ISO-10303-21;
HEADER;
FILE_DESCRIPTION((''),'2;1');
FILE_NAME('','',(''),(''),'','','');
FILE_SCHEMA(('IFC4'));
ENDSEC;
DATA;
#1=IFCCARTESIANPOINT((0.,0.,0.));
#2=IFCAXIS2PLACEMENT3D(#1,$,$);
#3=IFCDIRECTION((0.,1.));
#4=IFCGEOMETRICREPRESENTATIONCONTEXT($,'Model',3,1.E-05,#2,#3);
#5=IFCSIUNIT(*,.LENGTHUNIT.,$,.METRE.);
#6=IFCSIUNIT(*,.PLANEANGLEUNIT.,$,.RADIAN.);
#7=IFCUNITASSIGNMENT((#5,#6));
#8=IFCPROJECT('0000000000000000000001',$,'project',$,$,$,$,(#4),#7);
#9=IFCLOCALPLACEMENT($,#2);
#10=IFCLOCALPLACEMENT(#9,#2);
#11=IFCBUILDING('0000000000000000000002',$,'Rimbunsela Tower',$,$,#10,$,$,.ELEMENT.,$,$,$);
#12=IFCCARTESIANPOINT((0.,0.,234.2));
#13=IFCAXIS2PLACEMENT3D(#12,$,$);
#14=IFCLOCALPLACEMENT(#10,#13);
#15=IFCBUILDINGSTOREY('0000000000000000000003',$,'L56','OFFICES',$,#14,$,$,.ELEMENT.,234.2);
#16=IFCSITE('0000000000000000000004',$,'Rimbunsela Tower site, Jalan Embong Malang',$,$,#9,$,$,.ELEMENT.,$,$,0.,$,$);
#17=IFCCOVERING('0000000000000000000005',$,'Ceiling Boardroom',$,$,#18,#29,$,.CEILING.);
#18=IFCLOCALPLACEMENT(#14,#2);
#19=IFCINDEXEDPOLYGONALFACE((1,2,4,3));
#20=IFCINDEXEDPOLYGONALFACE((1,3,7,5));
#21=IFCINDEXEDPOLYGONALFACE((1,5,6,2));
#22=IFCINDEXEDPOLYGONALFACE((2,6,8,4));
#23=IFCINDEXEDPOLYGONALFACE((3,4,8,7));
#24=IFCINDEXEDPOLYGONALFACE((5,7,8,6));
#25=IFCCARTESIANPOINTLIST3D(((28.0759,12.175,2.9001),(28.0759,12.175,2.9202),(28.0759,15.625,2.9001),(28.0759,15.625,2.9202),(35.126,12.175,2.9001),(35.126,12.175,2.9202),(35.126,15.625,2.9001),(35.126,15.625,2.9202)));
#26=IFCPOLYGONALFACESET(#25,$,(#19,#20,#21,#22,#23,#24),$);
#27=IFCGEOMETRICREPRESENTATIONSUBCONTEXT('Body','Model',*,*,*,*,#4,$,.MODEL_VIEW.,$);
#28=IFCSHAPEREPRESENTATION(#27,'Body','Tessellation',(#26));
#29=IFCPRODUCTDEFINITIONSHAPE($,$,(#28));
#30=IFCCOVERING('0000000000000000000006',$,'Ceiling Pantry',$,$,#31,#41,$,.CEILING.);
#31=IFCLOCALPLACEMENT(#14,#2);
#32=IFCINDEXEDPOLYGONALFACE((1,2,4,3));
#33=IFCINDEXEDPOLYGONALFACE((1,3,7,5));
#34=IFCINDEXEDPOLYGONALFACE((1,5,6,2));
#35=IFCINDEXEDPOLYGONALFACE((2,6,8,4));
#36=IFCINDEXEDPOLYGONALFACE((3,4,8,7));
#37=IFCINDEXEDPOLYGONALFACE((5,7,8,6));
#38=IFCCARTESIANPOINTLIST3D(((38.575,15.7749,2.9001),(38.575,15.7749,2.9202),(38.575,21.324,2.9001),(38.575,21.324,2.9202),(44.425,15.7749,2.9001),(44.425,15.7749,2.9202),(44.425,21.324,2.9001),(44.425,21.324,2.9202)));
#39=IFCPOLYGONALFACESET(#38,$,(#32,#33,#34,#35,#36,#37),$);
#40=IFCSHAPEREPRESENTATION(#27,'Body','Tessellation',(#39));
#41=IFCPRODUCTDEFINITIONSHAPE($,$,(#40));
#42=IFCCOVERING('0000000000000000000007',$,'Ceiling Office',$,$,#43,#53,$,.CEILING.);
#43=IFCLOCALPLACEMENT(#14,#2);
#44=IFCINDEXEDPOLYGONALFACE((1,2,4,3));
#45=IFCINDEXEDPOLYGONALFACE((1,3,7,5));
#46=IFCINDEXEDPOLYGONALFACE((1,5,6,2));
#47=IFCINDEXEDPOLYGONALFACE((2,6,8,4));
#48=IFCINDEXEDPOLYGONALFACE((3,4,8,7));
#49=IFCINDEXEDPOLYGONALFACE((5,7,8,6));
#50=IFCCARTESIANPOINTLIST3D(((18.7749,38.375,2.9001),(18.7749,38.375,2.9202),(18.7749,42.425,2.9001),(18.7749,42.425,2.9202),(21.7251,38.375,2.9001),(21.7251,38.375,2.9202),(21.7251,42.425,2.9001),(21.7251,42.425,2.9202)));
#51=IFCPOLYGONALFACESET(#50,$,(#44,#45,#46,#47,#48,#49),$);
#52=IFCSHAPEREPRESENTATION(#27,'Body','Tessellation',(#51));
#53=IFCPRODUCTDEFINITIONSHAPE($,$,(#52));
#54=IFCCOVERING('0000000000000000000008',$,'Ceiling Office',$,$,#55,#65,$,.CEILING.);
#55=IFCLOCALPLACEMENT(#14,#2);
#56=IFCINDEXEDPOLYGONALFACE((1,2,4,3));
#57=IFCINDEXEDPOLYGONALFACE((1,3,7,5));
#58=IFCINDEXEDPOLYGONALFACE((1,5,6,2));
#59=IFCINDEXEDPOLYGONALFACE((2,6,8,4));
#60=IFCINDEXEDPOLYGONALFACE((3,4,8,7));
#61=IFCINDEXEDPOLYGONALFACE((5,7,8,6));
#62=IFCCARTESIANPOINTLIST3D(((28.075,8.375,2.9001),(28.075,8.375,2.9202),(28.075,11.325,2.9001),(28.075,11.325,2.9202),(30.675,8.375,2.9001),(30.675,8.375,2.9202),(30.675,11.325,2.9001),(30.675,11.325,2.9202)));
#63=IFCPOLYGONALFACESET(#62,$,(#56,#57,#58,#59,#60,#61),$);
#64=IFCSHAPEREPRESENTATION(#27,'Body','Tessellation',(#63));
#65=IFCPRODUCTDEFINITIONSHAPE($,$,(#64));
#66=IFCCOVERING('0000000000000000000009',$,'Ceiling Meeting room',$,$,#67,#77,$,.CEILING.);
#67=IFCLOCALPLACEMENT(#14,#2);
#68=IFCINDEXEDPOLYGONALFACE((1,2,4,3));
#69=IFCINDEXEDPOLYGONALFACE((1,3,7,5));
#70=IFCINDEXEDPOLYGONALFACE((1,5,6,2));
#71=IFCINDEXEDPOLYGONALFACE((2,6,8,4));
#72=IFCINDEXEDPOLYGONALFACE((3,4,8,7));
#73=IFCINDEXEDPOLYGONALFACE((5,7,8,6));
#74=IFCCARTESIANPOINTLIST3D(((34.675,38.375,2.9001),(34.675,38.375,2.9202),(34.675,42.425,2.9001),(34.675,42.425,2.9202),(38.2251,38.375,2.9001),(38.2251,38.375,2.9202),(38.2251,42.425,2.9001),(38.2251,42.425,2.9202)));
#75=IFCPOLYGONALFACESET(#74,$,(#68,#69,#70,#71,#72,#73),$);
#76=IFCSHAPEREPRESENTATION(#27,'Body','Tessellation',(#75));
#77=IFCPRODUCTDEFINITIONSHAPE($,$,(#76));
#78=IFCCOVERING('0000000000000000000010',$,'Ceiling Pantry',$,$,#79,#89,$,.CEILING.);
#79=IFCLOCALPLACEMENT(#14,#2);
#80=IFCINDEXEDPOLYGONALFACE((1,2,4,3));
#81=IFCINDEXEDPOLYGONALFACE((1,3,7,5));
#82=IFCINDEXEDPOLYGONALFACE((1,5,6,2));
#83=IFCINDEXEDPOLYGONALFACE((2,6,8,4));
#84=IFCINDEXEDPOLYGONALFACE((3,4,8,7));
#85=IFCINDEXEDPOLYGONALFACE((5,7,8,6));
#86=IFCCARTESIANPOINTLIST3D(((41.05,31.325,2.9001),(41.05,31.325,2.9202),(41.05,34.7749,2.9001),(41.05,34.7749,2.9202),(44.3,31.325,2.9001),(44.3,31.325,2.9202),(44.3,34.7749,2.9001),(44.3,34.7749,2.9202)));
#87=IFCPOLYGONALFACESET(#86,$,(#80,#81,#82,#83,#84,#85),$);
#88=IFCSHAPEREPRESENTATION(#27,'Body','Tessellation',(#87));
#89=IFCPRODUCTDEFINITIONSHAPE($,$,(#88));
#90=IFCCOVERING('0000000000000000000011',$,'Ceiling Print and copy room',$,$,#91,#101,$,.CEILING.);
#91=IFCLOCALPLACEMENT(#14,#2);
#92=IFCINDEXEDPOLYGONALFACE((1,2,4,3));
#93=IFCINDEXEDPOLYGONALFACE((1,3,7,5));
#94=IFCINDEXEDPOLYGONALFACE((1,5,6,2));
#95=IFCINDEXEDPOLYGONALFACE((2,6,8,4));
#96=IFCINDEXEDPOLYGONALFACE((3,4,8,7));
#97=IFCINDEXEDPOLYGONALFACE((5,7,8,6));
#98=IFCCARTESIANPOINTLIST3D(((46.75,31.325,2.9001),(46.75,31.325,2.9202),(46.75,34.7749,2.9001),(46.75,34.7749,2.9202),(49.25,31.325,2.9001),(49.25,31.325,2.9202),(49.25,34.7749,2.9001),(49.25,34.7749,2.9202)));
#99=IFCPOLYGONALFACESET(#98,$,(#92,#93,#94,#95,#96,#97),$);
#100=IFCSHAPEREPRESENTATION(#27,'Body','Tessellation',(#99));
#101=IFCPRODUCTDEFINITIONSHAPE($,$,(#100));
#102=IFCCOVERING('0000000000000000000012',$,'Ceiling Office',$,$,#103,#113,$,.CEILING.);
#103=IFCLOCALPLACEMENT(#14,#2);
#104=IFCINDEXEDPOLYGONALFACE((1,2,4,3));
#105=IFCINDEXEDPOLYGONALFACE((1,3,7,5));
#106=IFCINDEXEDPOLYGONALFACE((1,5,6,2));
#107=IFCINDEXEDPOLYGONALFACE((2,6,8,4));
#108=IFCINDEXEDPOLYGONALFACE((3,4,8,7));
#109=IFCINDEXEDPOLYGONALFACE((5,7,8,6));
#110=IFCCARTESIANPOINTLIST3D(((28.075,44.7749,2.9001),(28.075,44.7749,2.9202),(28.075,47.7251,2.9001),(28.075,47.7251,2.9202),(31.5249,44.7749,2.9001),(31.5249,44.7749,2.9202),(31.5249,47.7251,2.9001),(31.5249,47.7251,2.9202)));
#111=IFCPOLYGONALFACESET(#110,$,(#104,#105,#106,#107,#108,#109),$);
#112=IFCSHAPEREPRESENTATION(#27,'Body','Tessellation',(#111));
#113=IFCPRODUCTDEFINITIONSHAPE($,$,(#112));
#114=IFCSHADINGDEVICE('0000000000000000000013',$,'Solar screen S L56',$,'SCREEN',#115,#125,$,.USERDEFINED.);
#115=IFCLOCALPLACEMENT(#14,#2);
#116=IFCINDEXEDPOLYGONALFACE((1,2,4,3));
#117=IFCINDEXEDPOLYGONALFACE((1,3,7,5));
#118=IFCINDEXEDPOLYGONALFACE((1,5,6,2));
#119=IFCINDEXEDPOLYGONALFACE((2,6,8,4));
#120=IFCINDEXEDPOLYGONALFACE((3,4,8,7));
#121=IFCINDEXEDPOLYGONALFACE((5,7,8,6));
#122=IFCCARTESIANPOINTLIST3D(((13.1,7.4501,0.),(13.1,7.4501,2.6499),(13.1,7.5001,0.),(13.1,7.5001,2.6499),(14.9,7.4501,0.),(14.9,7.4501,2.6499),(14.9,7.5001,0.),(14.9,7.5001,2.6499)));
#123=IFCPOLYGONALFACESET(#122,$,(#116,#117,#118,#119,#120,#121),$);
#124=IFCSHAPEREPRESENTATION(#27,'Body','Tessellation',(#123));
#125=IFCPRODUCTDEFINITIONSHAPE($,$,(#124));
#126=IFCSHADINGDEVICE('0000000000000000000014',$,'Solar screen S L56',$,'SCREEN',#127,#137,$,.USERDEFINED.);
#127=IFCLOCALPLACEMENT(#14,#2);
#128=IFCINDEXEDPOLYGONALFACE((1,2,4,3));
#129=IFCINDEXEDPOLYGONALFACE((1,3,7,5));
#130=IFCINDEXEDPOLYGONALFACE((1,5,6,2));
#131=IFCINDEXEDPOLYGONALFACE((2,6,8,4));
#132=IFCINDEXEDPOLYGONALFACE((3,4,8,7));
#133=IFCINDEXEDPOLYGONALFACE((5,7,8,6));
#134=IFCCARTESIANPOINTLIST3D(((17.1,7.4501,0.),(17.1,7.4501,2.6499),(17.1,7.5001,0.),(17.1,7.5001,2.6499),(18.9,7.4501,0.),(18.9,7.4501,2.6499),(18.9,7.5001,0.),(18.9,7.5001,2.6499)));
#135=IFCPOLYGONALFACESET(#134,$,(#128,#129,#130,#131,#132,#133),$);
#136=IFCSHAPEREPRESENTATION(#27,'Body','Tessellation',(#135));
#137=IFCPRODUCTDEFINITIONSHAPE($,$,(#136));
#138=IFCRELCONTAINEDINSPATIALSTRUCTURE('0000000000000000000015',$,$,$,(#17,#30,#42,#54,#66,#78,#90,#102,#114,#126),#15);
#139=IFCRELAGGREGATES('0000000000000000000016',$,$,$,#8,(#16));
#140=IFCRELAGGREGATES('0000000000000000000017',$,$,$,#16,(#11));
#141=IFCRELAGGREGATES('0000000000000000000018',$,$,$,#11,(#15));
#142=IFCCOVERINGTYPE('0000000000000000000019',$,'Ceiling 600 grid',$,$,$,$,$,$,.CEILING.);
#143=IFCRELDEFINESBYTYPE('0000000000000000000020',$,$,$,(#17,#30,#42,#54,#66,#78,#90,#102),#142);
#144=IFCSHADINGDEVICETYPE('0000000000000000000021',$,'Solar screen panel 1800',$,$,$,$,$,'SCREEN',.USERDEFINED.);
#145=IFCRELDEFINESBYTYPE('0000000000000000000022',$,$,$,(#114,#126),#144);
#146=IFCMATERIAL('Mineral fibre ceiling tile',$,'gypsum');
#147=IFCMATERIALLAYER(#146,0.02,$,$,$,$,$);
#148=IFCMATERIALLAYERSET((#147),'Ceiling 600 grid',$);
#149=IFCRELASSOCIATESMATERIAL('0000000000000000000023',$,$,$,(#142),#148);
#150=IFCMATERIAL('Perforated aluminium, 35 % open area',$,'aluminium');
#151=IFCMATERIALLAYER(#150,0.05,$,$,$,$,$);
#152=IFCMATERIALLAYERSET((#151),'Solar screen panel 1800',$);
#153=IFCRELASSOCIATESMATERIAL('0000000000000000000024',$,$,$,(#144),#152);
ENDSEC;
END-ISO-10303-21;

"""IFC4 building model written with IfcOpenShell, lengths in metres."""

from ifc_helpers import new_model, si_unit, direction, frame, origin, origin_2d, place, context, subcontext, project, spatial, polyline, rectangle, outline, extrude, material, layer, layer_set, type_object, element, save


model = new_model("IFC4")

# Units and contexts
model_context = context("Model", 3, precision=1e-05, world=origin(), true_north=direction((0.0, 1.0)))
body_context = subcontext(model_context, "Body", "Model", "MODEL_VIEW")
ifc_project = project(units=[si_unit("LENGTHUNIT", "METRE"), si_unit("PLANEANGLEUNIT", "RADIAN")], contexts=[model_context])

# Site, building, storey
site_placement = place(None, origin())
site = spatial("IfcSite", under=ifc_project, at=site_placement, Name="Rimbunsela Tower site, Jalan Embong Malang", CompositionType="ELEMENT", RefElevation=0.0)
building_placement = place(site_placement, origin())
building = spatial("IfcBuilding", under=site, at=building_placement, Name="Rimbunsela Tower", CompositionType="ELEMENT")
storey_placement = place(building_placement, frame((0.0, 0.0, 234.2)))
storey = spatial("IfcBuildingStorey", under=building, at=storey_placement, Name="L56", Description="OFFICES", CompositionType="ELEMENT", Elevation=234.2)

# Coverings
ifc_material_1 = material(Name="Mineral fibre ceiling tile", Category="gypsum")
ifc_layer_1 = layer(ifc_material_1, 0.02)
ifc_layer_set_1 = layer_set([ifc_layer_1], Name="Ceiling 600 grid")
covering_type_1 = type_object("IfcCoveringType", Name="Ceiling 600 grid", PredefinedType="CEILING", material=ifc_layer_set_1)
covering_1_placement = place(storey_placement, frame((0.0, 0.0, 2.9001)))
element("IfcCovering", 1, at=covering_1_placement, inside=storey, type_object=covering_type_1, Name="Ceiling Boardroom", PredefinedType="CEILING", context=body_context, shape_type="SweptSolid", body=[
    extrude(outline(polyline([(35.126, 12.175), (35.126, 15.625), (28.0759, 15.625), (28.0759, 12.175), (35.126, 12.175)])), origin(), (0.0, 0.0, 1.0), 0.02),
])
covering_2_placement = place(storey_placement, frame((0.0, 0.0, 2.9001)))
element("IfcCovering", 2, at=covering_2_placement, inside=storey, type_object=covering_type_1, Name="Ceiling Pantry", PredefinedType="CEILING", context=body_context, shape_type="SweptSolid", body=[
    extrude(outline(polyline([(44.425, 15.7749), (44.425, 21.324), (38.575, 21.324), (38.575, 15.7749), (44.425, 15.7749)])), origin(), (0.0, 0.0, 1.0), 0.02),
])
covering_3_placement = place(storey_placement, frame((0.0, 0.0, 2.9001)))
element("IfcCovering", 3, at=covering_3_placement, inside=storey, type_object=covering_type_1, Name="Ceiling Office", PredefinedType="CEILING", context=body_context, shape_type="SweptSolid", body=[
    extrude(outline(polyline([(21.7251, 38.375), (21.7251, 42.425), (18.7749, 42.425), (18.7749, 38.375), (21.7251, 38.375)])), origin(), (0.0, 0.0, 1.0), 0.02),
])
covering_4_placement = place(storey_placement, frame((0.0, 0.0, 2.9001)))
element("IfcCovering", 4, at=covering_4_placement, inside=storey, type_object=covering_type_1, Name="Ceiling Office", PredefinedType="CEILING", context=body_context, shape_type="SweptSolid", body=[
    extrude(outline(polyline([(30.675, 8.375), (30.675, 11.325), (28.075, 11.325), (28.075, 8.375), (30.675, 8.375)])), origin(), (0.0, 0.0, 1.0), 0.02),
])
covering_5_placement = place(storey_placement, frame((0.0, 0.0, 2.9001)))
element("IfcCovering", 5, at=covering_5_placement, inside=storey, type_object=covering_type_1, Name="Ceiling Meeting room", PredefinedType="CEILING", context=body_context, shape_type="SweptSolid", body=[
    extrude(outline(polyline([(38.2251, 38.375), (38.2251, 42.425), (34.675, 42.425), (34.675, 38.375), (38.2251, 38.375)])), origin(), (0.0, 0.0, 1.0), 0.02),
])
covering_6_placement = place(storey_placement, frame((0.0, 0.0, 2.9001)))
element("IfcCovering", 6, at=covering_6_placement, inside=storey, type_object=covering_type_1, Name="Ceiling Pantry", PredefinedType="CEILING", context=body_context, shape_type="SweptSolid", body=[
    extrude(outline(polyline([(44.3, 31.325), (44.3, 34.7749), (41.05, 34.7749), (41.05, 31.325), (44.3, 31.325)])), origin(), (0.0, 0.0, 1.0), 0.02),
])
covering_7_placement = place(storey_placement, frame((0.0, 0.0, 2.9001)))
element("IfcCovering", 7, at=covering_7_placement, inside=storey, type_object=covering_type_1, Name="Ceiling Print and copy room", PredefinedType="CEILING", context=body_context, shape_type="SweptSolid", body=[
    extrude(outline(polyline([(49.25, 31.325), (49.25, 34.7749), (46.75, 34.7749), (46.75, 31.325), (49.25, 31.325)])), origin(), (0.0, 0.0, 1.0), 0.02),
])
covering_8_placement = place(storey_placement, frame((0.0, 0.0, 2.9001)))
element("IfcCovering", 8, at=covering_8_placement, inside=storey, type_object=covering_type_1, Name="Ceiling Office", PredefinedType="CEILING", context=body_context, shape_type="SweptSolid", body=[
    extrude(outline(polyline([(31.5249, 44.7749), (31.5249, 47.7251), (28.075, 47.7251), (28.075, 44.7749), (31.5249, 44.7749)])), origin(), (0.0, 0.0, 1.0), 0.02),
])

# Shading devices
ifc_material_2 = material(Name="Perforated aluminium, 35 % open area", Category="aluminium")
ifc_layer_2 = layer(ifc_material_2, 0.05)
ifc_layer_set_2 = layer_set([ifc_layer_2], Name="Solar screen panel 1800")
shading_device_type = type_object("IfcShadingDeviceType", Name="Solar screen panel 1800", ElementType="SCREEN", PredefinedType="USERDEFINED", material=ifc_layer_set_2)
for number, where, z_axis, x_axis, name in (
    (9, (14.0, 7.4751, 0.0), (0.0, 0.0, 1.0), (1.0, 0.0, 0.0), "Solar screen S L56"),
    (10, (18.0, 7.4751, 0.0), (0.0, 0.0, 1.0), (1.0, 0.0, 0.0), "Solar screen S L56"),
):
    element("IfcShadingDevice", number, at=place(storey_placement, frame(where, z_axis=z_axis, x_axis=x_axis)), inside=storey, type_object=shading_device_type, Name=name, ObjectType="SCREEN", PredefinedType="USERDEFINED", context=body_context, shape_type="SweptSolid", body=[
        extrude(rectangle(XDim=1.8, YDim=0.05, at=origin_2d()), origin(), (0.0, 0.0, 1.0), 2.6499),
    ])

save(model, "model.ifc")
